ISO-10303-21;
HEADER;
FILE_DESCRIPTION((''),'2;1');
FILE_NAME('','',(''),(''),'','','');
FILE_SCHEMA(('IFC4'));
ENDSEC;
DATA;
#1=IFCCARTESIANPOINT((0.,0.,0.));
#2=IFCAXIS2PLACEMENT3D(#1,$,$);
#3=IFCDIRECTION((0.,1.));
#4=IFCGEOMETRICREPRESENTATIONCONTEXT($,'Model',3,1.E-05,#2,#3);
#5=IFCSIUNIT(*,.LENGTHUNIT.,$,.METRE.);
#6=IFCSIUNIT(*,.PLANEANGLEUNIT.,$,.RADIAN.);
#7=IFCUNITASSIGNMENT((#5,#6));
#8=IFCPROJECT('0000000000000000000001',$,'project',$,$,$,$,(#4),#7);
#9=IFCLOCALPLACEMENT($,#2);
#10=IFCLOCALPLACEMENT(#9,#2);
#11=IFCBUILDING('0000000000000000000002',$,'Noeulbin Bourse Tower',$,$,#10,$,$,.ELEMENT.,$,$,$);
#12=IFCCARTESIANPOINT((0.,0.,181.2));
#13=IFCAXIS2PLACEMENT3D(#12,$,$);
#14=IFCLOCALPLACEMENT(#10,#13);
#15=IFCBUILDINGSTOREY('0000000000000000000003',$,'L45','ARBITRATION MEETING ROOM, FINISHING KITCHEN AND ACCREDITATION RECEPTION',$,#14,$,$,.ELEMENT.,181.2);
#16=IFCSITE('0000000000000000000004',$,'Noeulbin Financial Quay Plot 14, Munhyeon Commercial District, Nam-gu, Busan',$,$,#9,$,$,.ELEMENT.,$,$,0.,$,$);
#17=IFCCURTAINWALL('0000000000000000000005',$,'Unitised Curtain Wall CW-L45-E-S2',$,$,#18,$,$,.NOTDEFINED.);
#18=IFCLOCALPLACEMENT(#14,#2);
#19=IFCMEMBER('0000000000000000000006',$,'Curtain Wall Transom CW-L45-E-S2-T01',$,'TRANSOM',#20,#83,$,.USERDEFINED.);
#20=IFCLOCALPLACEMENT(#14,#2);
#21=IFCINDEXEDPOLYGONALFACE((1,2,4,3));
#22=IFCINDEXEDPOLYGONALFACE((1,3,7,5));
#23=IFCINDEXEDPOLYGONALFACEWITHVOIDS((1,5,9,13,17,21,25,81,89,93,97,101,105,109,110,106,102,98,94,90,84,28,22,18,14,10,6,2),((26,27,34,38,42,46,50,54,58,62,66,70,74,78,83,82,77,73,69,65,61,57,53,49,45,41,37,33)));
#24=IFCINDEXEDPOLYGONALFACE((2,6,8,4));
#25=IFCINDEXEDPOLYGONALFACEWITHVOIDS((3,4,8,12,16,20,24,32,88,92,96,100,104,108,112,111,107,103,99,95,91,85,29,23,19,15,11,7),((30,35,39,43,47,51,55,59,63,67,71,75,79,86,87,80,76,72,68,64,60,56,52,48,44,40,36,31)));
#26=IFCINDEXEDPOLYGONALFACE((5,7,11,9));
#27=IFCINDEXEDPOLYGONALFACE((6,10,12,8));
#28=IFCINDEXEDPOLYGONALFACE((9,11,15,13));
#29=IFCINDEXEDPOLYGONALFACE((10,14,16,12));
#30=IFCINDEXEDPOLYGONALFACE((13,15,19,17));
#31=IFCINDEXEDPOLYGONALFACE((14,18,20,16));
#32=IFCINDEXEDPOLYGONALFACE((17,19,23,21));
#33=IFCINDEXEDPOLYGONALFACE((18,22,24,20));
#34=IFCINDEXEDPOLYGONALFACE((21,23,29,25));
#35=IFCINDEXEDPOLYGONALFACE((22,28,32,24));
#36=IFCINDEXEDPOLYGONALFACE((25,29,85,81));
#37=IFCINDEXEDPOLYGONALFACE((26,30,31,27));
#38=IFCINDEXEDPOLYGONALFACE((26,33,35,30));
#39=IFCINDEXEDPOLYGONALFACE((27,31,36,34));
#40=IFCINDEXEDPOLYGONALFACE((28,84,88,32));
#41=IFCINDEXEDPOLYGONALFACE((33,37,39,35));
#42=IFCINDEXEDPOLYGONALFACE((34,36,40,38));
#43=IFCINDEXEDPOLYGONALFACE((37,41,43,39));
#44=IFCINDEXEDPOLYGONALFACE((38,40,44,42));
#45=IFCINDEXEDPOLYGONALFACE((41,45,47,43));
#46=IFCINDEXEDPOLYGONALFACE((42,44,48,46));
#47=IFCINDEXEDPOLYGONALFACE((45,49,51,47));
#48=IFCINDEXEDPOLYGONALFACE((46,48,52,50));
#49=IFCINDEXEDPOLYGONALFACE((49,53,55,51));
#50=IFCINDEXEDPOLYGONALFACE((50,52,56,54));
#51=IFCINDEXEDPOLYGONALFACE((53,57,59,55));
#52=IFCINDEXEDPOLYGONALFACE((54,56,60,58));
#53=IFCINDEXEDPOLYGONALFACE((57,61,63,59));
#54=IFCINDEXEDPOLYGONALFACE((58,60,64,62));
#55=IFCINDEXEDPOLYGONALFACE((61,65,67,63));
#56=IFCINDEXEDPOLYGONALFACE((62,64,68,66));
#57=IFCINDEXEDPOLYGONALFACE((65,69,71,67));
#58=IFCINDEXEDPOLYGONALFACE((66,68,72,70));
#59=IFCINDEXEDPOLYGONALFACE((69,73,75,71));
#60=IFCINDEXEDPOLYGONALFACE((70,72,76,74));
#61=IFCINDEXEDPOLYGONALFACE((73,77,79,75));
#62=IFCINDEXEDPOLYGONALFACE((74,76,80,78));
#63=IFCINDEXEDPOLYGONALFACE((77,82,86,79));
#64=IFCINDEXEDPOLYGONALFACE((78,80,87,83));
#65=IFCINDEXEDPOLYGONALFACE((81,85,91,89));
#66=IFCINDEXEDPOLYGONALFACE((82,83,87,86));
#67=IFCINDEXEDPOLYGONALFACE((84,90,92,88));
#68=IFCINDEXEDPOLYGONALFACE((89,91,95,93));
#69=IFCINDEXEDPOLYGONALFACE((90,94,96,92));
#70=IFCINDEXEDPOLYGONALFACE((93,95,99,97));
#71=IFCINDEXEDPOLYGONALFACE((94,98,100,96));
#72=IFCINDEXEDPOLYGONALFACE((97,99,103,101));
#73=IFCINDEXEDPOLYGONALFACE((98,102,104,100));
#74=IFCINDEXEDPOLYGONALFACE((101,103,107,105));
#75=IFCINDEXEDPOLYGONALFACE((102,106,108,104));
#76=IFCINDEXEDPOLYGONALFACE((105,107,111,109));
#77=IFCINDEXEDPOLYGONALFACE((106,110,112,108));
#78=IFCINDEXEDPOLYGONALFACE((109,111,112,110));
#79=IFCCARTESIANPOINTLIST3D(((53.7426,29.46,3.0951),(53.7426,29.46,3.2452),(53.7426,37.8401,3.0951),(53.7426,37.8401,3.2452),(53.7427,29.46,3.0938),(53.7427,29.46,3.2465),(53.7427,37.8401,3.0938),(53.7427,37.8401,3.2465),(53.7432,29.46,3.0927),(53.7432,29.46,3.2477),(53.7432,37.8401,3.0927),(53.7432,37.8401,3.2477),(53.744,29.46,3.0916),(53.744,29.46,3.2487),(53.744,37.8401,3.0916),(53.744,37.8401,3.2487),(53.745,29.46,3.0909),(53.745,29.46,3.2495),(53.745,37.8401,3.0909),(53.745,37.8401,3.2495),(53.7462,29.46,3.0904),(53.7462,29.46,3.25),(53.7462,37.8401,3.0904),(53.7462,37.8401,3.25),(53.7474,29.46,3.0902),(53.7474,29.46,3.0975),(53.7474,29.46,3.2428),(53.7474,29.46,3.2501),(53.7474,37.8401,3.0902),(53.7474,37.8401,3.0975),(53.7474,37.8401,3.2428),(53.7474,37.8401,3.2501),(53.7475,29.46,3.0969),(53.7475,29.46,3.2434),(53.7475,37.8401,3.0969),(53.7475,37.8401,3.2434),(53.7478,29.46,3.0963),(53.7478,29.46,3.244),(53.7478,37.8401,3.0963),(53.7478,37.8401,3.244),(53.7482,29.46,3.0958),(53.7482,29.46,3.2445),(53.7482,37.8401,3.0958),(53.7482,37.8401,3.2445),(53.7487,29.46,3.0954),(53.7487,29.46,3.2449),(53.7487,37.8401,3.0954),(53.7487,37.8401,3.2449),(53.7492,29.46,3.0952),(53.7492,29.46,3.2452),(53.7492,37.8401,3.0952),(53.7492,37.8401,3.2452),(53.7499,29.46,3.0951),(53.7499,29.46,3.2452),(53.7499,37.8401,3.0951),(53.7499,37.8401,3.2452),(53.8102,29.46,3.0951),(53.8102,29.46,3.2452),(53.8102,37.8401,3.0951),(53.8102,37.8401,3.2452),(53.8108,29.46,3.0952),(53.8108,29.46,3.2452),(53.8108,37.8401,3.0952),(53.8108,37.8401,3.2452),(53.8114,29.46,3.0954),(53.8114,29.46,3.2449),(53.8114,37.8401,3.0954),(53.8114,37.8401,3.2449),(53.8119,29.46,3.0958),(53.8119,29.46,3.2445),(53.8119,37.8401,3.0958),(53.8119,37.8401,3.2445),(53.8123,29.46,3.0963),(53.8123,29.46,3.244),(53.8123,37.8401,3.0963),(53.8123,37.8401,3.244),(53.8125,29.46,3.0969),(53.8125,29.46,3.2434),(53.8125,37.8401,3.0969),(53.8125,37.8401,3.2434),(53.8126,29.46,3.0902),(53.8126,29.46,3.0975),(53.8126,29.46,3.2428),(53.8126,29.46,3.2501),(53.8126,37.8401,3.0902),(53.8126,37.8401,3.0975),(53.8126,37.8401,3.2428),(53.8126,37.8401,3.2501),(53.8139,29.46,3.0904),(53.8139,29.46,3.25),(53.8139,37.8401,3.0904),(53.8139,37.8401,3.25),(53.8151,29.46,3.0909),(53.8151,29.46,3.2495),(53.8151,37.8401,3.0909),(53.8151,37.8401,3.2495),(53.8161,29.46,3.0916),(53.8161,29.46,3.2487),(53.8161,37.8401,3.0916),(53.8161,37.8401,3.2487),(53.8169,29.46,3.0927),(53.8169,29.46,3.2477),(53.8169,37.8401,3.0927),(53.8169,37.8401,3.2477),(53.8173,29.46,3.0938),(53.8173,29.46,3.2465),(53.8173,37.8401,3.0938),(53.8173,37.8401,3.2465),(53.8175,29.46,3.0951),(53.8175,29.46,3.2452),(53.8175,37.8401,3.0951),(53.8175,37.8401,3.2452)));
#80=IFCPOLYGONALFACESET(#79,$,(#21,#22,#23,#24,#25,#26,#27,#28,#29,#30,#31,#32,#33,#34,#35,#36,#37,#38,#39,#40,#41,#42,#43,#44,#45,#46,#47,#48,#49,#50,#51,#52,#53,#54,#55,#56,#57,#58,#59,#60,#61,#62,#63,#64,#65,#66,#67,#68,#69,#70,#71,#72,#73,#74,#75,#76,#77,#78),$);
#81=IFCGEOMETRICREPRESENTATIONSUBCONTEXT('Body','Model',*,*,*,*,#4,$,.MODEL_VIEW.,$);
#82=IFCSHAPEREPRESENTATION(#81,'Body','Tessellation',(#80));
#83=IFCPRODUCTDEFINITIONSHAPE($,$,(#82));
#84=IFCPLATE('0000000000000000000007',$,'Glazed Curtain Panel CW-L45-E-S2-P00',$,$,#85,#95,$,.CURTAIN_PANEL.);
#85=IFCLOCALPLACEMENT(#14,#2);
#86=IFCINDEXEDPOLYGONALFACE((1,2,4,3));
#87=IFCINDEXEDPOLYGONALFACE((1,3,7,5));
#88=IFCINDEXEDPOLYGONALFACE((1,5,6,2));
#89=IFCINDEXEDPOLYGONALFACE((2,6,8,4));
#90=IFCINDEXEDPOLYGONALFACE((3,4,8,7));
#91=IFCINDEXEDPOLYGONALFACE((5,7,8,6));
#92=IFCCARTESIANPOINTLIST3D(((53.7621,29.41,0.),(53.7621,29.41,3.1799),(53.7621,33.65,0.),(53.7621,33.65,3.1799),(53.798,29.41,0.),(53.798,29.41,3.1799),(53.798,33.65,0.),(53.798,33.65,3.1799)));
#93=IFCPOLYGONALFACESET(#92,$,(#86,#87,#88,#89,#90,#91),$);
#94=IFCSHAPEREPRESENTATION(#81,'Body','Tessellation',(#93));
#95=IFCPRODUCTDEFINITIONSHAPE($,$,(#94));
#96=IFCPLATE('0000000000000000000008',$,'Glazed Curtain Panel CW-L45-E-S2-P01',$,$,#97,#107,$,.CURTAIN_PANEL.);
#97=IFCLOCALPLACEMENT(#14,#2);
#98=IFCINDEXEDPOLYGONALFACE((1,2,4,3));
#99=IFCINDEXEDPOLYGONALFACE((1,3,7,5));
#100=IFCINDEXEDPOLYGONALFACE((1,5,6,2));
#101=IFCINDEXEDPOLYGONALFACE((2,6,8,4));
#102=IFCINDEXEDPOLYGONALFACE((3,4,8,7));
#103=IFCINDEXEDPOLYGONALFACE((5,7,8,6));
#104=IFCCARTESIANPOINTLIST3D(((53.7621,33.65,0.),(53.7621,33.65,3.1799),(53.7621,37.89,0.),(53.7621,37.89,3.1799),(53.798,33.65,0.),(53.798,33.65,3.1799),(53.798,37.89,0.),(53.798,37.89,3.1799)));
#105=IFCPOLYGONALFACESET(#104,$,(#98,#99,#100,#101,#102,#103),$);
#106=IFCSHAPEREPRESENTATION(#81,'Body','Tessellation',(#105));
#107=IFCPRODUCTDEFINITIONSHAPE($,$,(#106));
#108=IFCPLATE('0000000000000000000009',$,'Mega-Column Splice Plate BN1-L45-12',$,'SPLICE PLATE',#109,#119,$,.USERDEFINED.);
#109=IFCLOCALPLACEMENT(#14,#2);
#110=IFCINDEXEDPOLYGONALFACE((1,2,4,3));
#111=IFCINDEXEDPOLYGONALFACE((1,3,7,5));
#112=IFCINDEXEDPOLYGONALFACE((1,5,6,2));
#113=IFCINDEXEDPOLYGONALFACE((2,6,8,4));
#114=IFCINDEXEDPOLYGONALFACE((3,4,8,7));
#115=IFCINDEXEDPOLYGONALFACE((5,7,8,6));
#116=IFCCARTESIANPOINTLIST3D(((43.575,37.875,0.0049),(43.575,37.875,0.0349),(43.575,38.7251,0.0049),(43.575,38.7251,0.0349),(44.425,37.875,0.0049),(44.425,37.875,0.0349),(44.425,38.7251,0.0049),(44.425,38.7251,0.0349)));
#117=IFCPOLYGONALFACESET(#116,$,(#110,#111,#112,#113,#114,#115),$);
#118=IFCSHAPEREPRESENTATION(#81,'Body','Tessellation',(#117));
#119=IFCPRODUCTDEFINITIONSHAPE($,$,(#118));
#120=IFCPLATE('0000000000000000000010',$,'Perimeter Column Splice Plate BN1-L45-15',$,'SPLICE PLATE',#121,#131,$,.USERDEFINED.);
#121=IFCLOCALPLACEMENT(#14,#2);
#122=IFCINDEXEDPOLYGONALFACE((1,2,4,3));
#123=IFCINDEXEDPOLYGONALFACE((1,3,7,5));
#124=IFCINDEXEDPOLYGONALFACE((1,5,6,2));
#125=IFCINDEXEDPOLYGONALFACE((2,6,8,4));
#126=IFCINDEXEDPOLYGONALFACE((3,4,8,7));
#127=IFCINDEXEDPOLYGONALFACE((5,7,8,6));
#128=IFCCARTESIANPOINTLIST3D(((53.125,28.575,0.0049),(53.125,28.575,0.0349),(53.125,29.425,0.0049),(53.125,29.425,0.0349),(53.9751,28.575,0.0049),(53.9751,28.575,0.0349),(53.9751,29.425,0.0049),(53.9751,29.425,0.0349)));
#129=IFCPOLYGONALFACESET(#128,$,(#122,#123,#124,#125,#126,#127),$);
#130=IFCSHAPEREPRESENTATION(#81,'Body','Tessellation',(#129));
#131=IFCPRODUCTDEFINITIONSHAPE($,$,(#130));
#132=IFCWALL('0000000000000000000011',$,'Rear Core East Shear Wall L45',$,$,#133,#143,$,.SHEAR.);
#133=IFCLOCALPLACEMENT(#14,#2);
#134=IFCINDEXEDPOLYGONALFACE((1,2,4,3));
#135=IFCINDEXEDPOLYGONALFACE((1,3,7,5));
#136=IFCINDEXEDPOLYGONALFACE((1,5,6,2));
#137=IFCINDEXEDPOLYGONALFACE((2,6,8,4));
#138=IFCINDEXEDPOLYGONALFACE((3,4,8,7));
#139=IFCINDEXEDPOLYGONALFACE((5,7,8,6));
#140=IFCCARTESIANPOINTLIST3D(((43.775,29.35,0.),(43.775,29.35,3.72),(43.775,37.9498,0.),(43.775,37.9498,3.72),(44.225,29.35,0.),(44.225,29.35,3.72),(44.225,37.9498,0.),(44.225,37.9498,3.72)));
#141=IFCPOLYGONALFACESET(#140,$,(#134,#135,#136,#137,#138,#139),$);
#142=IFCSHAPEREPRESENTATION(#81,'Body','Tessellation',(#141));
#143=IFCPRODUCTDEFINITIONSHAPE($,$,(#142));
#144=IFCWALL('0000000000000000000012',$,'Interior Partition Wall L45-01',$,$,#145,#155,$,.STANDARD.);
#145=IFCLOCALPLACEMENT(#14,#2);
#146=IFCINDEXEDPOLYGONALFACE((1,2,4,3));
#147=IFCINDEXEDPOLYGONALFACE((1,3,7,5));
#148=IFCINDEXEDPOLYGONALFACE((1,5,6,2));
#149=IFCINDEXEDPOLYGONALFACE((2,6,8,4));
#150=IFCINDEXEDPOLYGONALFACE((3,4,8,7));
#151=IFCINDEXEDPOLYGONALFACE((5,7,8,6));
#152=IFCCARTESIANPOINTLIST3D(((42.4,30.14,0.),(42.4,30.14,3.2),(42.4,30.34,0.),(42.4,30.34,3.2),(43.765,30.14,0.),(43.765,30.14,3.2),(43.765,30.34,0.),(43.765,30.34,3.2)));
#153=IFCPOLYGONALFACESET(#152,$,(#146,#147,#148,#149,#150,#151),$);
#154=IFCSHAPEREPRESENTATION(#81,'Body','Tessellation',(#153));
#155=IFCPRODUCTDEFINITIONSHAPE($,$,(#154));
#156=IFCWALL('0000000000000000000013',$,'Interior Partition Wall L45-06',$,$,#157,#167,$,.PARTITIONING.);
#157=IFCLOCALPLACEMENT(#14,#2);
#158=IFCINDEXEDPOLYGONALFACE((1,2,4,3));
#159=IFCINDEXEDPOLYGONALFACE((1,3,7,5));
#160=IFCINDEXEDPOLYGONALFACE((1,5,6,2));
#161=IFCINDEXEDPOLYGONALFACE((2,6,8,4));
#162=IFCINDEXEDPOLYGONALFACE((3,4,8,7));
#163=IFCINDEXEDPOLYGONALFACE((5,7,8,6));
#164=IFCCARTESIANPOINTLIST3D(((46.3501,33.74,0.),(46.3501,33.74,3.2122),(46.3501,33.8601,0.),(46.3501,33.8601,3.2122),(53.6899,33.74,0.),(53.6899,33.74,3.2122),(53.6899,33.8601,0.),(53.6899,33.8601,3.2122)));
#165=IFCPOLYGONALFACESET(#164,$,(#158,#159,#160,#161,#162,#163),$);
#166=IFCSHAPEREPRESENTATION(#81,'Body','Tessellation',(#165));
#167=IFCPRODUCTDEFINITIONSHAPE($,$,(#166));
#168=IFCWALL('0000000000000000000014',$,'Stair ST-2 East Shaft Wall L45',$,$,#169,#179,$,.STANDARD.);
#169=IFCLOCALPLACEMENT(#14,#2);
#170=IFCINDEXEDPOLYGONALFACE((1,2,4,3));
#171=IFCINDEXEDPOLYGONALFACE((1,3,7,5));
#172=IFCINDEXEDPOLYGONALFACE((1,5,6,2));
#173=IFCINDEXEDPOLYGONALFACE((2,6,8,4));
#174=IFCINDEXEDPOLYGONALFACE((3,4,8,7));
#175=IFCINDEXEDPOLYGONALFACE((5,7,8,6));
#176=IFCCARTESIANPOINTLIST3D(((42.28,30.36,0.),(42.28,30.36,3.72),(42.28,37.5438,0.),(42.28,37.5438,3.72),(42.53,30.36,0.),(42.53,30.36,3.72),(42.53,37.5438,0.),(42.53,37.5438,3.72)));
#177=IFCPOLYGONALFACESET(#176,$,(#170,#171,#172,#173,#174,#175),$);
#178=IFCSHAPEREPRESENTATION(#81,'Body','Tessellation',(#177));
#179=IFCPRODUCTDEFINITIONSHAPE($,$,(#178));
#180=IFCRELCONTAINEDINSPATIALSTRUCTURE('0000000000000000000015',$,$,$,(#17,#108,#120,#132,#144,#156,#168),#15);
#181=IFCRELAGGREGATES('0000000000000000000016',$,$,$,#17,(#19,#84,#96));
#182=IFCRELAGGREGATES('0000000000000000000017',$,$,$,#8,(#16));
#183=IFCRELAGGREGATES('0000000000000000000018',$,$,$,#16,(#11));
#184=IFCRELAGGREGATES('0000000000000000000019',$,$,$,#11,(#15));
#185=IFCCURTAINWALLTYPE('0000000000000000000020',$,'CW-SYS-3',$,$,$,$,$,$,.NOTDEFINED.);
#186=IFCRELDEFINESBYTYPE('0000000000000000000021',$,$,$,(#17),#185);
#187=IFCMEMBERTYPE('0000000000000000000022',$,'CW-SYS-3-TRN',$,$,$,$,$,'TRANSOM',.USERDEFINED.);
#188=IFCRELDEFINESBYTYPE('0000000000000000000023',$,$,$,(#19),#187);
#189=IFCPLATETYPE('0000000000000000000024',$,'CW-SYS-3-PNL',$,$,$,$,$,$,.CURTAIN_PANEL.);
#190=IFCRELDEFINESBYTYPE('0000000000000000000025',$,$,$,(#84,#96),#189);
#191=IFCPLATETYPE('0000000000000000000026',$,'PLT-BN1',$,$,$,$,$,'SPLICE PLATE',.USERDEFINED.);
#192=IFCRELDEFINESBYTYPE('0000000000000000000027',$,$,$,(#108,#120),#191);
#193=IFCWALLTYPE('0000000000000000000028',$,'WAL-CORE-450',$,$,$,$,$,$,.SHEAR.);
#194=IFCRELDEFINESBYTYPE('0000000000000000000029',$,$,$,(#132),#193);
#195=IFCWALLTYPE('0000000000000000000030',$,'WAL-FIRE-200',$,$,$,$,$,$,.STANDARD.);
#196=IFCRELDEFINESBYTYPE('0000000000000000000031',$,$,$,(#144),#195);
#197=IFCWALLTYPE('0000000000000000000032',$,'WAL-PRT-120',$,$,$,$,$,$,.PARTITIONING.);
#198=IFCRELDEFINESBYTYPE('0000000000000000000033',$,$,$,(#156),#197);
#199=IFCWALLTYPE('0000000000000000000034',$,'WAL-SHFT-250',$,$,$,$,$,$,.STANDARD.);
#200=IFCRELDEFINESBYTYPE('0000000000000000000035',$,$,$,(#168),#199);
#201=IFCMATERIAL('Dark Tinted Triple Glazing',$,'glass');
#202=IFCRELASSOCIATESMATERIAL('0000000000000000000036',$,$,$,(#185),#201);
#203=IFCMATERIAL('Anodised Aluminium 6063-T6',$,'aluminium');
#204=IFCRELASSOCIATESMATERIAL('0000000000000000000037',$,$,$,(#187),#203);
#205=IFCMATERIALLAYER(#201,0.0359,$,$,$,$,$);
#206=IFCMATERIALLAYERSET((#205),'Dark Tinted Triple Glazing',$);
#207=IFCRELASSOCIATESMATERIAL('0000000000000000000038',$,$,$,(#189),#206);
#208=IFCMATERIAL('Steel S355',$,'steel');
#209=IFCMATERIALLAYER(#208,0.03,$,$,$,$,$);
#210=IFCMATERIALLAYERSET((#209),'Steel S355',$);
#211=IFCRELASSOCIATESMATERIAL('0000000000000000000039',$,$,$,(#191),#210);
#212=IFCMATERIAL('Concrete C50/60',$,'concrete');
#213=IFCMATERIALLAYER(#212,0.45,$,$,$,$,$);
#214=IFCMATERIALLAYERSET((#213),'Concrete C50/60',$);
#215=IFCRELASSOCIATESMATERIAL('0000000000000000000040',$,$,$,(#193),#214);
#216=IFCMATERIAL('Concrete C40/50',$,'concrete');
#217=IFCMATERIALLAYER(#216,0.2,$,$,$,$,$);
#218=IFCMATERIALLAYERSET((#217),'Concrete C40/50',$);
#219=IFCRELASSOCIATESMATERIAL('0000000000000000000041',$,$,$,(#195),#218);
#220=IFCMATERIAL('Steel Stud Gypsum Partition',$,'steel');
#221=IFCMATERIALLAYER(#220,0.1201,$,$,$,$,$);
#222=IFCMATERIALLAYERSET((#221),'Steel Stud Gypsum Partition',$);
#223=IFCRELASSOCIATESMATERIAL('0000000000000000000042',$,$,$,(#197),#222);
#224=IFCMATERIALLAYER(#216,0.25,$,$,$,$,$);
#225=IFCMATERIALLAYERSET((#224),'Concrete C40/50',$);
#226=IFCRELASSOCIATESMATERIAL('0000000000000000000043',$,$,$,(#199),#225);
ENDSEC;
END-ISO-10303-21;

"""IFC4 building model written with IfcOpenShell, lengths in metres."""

from ifc_helpers import new_model, si_unit, direction, frame, frame_2d, origin, origin_2d, place, context, subcontext, project, spatial, rectangle, hollow_rectangle, extrude, material, layer, layer_set, material_profile, profile_set, type_object, element, aggregate, save


model = new_model("IFC4")

# Units and contexts
model_context = context("Model", 3, precision=1e-05, world=origin(), true_north=direction((0.0, 1.0)))
body_context = subcontext(model_context, "Body", "Model", "MODEL_VIEW")
ifc_project = project(units=[si_unit("LENGTHUNIT", "METRE"), si_unit("PLANEANGLEUNIT", "RADIAN")], contexts=[model_context])

# Site, building, storey
site_placement = place(None, origin())
site = spatial("IfcSite", under=ifc_project, at=site_placement, Name="Noeulbin Financial Quay Plot 14, Munhyeon Commercial District, Nam-gu, Busan", CompositionType="ELEMENT", RefElevation=0.0)
building_placement = place(site_placement, origin())
building = spatial("IfcBuilding", under=site, at=building_placement, Name="Noeulbin Bourse Tower", CompositionType="ELEMENT")
storey_placement = place(building_placement, frame((0.0, 0.0, 181.2)))
storey = spatial("IfcBuildingStorey", under=building, at=storey_placement, Name="L45", Description="ARBITRATION MEETING ROOM, FINISHING KITCHEN AND ACCREDITATION RECEPTION", CompositionType="ELEMENT", Elevation=181.2)

# Shared definitions
ifc_material_1 = material(Name="Steel S355", Category="steel")

# Curtain wall, member, plates
ifc_material_2 = material(Name="Dark Tinted Triple Glazing", Category="glass")
curtain_wall_type = type_object("IfcCurtainWallType", Name="CW-SYS-3", PredefinedType="NOTDEFINED", material=ifc_material_2)
curtain_wall_placement = place(storey_placement, origin())
curtain_wall = element("IfcCurtainWall", 1, at=curtain_wall_placement, inside=storey, type_object=curtain_wall_type, Name="Unitised Curtain Wall CW-L45-E-S2", PredefinedType="NOTDEFINED")
ifc_material_3 = material(Name="Anodised Aluminium 6063-T6", Category="aluminium")
ifc_material_profile_1 = material_profile(ifc_material_3, hollow_rectangle(XDim=0.075, YDim=0.1599, WallThickness=0.0049, InnerFilletRadius=0.0024, OuterFilletRadius=0.0049, at=origin_2d()), Name="ALU-TRAN-75x160x5", Category="LoadBearing")
ifc_profile_set_1 = profile_set([ifc_material_profile_1], Name="Anodised Aluminium 6063-T6")
member_type_1 = type_object("IfcMemberType", Name="CW-SYS-3-TRN", ElementType="TRANSOM", PredefinedType="USERDEFINED", material=ifc_profile_set_1)
member_1_placement = place(storey_placement, frame((53.78, 29.46, 3.1702), z_axis=(0.0, 1.0, 0.0), x_axis=(-1.0, 0.0, 0.0)))
member_1 = element("IfcMember", 2, at=member_1_placement, type_object=member_type_1, Name="Curtain Wall Transom CW-L45-E-S2-T01", ObjectType="TRANSOM", PredefinedType="USERDEFINED", context=body_context, shape_type="SweptSolid", body=[
    extrude(hollow_rectangle(XDim=0.075, YDim=0.1599, WallThickness=0.0049, InnerFilletRadius=0.0024, OuterFilletRadius=0.0049, at=origin_2d()), origin(), (0.0, 0.0, 1.0), 8.3801),
])
ifc_layer_1 = layer(ifc_material_2, 0.0359)
ifc_layer_set_1 = layer_set([ifc_layer_1], Name="Dark Tinted Triple Glazing")
plate_type_1 = type_object("IfcPlateType", Name="CW-SYS-3-PNL", PredefinedType="CURTAIN_PANEL", material=ifc_layer_set_1)
plate_1_placement = place(storey_placement, frame((53.78, 31.53, 0.0), z_axis=(0.0, 0.0, 1.0), x_axis=(0.0, 1.0, 0.0)))
plate_1 = element("IfcPlate", 3, at=plate_1_placement, type_object=plate_type_1, Name="Glazed Curtain Panel CW-L45-E-S2-P00", PredefinedType="CURTAIN_PANEL", context=body_context, shape_type="SweptSolid", body=[
    extrude(rectangle(XDim=4.24, YDim=0.0359, at=origin_2d()), origin(), (0.0, 0.0, 1.0), 3.1799),
])
plate_2_placement = place(storey_placement, frame((53.78, 35.77, 0.0), z_axis=(0.0, 0.0, 1.0), x_axis=(0.0, 1.0, 0.0)))
plate_2 = element("IfcPlate", 4, at=plate_2_placement, type_object=plate_type_1, Name="Glazed Curtain Panel CW-L45-E-S2-P01", PredefinedType="CURTAIN_PANEL", context=body_context, shape_type="SweptSolid", body=[
    extrude(rectangle(XDim=4.24, YDim=0.0359, at=origin_2d()), origin(), (0.0, 0.0, 1.0), 3.1799),
])
aggregate(curtain_wall, [member_1, plate_1, plate_2])

# Plates
ifc_layer_2 = layer(ifc_material_1, 0.03)
ifc_layer_set_2 = layer_set([ifc_layer_2], Name="Steel S355")
plate_type_2 = type_object("IfcPlateType", Name="PLT-BN1", ElementType="SPLICE PLATE", PredefinedType="USERDEFINED", material=ifc_layer_set_2)
for number, where, z_axis, x_axis, name in (
    (5, (44.0, 38.3, 0.0049), (0.0, 0.0, 1.0), (1.0, 0.0, 0.0), "Mega-Column Splice Plate BN1-L45-12"),
    (6, (53.55, 29.0, 0.0049), (0.0, 0.0, 1.0), (1.0, 0.0, 0.0), "Perimeter Column Splice Plate BN1-L45-15"),
):
    element("IfcPlate", number, at=place(storey_placement, frame(where, z_axis=z_axis, x_axis=x_axis)), inside=storey, type_object=plate_type_2, Name=name, ObjectType="SPLICE PLATE", PredefinedType="USERDEFINED", context=body_context, shape_type="SweptSolid", body=[
        extrude(rectangle(XDim=0.8501, YDim=0.8501, at=origin_2d()), origin(), (0.0, 0.0, 1.0), 0.03),
    ])

# Walls
ifc_material_4 = material(Name="Concrete C50/60", Category="concrete")
ifc_layer_3 = layer(ifc_material_4, 0.45)
ifc_layer_set_3 = layer_set([ifc_layer_3], Name="Concrete C50/60")
wall_type_1 = type_object("IfcWallType", Name="WAL-CORE-450", PredefinedType="SHEAR", material=ifc_layer_set_3)
wall_1_placement = place(storey_placement, frame((44.0, 29.3501, 0.0), z_axis=(0.0, 0.0, 1.0), x_axis=(0.0, 1.0, 0.0)))
element("IfcWall", 7, at=wall_1_placement, inside=storey, type_object=wall_type_1, Name="Rear Core East Shear Wall L45", PredefinedType="SHEAR", context=body_context, shape_type="SweptSolid", body=[
    extrude(rectangle(XDim=8.5999, YDim=0.45, at=frame_2d((4.2998, 0.0))), origin(), (0.0, 0.0, 1.0), 3.72),
])
ifc_material_5 = material(Name="Concrete C40/50", Category="concrete")
ifc_layer_4 = layer(ifc_material_5, 0.2)
ifc_layer_set_4 = layer_set([ifc_layer_4], Name="Concrete C40/50")
wall_type_2 = type_object("IfcWallType", Name="WAL-FIRE-200", PredefinedType="STANDARD", material=ifc_layer_set_4)
wall_2_placement = place(storey_placement, frame((42.3999, 30.24, 0.0), z_axis=(0.0, 0.0, 1.0), x_axis=(1.0, 0.0, 0.0)))
element("IfcWall", 8, at=wall_2_placement, inside=storey, type_object=wall_type_2, Name="Interior Partition Wall L45-01", PredefinedType="STANDARD", context=body_context, shape_type="SweptSolid", body=[
    extrude(rectangle(XDim=1.365, YDim=0.2, at=frame_2d((0.6826, 0.0))), origin(), (0.0, 0.0, 1.0), 3.2),
])
ifc_material_6 = material(Name="Steel Stud Gypsum Partition", Category="steel")
ifc_layer_5 = layer(ifc_material_6, 0.1201)
ifc_layer_set_5 = layer_set([ifc_layer_5], Name="Steel Stud Gypsum Partition")
wall_type_3 = type_object("IfcWallType", Name="WAL-PRT-120", PredefinedType="PARTITIONING", material=ifc_layer_set_5)
wall_3_placement = place(storey_placement, frame((46.3501, 33.8, 0.0), z_axis=(0.0, 0.0, 1.0), x_axis=(1.0, 0.0, 0.0)))
element("IfcWall", 9, at=wall_3_placement, inside=storey, type_object=wall_type_3, Name="Interior Partition Wall L45-06", PredefinedType="PARTITIONING", context=body_context, shape_type="SweptSolid", body=[
    extrude(rectangle(XDim=7.3398, YDim=0.1201, at=frame_2d((3.6699, 0.0))), origin(), (0.0, 0.0, 1.0), 3.2122),
])
ifc_layer_6 = layer(ifc_material_5, 0.25)
ifc_layer_set_6 = layer_set([ifc_layer_6], Name="Concrete C40/50")
wall_type_4 = type_object("IfcWallType", Name="WAL-SHFT-250", PredefinedType="STANDARD", material=ifc_layer_set_6)
wall_4_placement = place(storey_placement, frame((42.405, 30.3601, 0.0), z_axis=(0.0, 0.0, 1.0), x_axis=(0.0, 1.0, 0.0)))
element("IfcWall", 10, at=wall_4_placement, inside=storey, type_object=wall_type_4, Name="Stair ST-2 East Shaft Wall L45", PredefinedType="STANDARD", context=body_context, shape_type="SweptSolid", body=[
    extrude(rectangle(XDim=7.1838, YDim=0.25, at=frame_2d((3.5918, 0.0))), origin(), (0.0, 0.0, 1.0), 3.72),
])

save(model, "model.ifc")
